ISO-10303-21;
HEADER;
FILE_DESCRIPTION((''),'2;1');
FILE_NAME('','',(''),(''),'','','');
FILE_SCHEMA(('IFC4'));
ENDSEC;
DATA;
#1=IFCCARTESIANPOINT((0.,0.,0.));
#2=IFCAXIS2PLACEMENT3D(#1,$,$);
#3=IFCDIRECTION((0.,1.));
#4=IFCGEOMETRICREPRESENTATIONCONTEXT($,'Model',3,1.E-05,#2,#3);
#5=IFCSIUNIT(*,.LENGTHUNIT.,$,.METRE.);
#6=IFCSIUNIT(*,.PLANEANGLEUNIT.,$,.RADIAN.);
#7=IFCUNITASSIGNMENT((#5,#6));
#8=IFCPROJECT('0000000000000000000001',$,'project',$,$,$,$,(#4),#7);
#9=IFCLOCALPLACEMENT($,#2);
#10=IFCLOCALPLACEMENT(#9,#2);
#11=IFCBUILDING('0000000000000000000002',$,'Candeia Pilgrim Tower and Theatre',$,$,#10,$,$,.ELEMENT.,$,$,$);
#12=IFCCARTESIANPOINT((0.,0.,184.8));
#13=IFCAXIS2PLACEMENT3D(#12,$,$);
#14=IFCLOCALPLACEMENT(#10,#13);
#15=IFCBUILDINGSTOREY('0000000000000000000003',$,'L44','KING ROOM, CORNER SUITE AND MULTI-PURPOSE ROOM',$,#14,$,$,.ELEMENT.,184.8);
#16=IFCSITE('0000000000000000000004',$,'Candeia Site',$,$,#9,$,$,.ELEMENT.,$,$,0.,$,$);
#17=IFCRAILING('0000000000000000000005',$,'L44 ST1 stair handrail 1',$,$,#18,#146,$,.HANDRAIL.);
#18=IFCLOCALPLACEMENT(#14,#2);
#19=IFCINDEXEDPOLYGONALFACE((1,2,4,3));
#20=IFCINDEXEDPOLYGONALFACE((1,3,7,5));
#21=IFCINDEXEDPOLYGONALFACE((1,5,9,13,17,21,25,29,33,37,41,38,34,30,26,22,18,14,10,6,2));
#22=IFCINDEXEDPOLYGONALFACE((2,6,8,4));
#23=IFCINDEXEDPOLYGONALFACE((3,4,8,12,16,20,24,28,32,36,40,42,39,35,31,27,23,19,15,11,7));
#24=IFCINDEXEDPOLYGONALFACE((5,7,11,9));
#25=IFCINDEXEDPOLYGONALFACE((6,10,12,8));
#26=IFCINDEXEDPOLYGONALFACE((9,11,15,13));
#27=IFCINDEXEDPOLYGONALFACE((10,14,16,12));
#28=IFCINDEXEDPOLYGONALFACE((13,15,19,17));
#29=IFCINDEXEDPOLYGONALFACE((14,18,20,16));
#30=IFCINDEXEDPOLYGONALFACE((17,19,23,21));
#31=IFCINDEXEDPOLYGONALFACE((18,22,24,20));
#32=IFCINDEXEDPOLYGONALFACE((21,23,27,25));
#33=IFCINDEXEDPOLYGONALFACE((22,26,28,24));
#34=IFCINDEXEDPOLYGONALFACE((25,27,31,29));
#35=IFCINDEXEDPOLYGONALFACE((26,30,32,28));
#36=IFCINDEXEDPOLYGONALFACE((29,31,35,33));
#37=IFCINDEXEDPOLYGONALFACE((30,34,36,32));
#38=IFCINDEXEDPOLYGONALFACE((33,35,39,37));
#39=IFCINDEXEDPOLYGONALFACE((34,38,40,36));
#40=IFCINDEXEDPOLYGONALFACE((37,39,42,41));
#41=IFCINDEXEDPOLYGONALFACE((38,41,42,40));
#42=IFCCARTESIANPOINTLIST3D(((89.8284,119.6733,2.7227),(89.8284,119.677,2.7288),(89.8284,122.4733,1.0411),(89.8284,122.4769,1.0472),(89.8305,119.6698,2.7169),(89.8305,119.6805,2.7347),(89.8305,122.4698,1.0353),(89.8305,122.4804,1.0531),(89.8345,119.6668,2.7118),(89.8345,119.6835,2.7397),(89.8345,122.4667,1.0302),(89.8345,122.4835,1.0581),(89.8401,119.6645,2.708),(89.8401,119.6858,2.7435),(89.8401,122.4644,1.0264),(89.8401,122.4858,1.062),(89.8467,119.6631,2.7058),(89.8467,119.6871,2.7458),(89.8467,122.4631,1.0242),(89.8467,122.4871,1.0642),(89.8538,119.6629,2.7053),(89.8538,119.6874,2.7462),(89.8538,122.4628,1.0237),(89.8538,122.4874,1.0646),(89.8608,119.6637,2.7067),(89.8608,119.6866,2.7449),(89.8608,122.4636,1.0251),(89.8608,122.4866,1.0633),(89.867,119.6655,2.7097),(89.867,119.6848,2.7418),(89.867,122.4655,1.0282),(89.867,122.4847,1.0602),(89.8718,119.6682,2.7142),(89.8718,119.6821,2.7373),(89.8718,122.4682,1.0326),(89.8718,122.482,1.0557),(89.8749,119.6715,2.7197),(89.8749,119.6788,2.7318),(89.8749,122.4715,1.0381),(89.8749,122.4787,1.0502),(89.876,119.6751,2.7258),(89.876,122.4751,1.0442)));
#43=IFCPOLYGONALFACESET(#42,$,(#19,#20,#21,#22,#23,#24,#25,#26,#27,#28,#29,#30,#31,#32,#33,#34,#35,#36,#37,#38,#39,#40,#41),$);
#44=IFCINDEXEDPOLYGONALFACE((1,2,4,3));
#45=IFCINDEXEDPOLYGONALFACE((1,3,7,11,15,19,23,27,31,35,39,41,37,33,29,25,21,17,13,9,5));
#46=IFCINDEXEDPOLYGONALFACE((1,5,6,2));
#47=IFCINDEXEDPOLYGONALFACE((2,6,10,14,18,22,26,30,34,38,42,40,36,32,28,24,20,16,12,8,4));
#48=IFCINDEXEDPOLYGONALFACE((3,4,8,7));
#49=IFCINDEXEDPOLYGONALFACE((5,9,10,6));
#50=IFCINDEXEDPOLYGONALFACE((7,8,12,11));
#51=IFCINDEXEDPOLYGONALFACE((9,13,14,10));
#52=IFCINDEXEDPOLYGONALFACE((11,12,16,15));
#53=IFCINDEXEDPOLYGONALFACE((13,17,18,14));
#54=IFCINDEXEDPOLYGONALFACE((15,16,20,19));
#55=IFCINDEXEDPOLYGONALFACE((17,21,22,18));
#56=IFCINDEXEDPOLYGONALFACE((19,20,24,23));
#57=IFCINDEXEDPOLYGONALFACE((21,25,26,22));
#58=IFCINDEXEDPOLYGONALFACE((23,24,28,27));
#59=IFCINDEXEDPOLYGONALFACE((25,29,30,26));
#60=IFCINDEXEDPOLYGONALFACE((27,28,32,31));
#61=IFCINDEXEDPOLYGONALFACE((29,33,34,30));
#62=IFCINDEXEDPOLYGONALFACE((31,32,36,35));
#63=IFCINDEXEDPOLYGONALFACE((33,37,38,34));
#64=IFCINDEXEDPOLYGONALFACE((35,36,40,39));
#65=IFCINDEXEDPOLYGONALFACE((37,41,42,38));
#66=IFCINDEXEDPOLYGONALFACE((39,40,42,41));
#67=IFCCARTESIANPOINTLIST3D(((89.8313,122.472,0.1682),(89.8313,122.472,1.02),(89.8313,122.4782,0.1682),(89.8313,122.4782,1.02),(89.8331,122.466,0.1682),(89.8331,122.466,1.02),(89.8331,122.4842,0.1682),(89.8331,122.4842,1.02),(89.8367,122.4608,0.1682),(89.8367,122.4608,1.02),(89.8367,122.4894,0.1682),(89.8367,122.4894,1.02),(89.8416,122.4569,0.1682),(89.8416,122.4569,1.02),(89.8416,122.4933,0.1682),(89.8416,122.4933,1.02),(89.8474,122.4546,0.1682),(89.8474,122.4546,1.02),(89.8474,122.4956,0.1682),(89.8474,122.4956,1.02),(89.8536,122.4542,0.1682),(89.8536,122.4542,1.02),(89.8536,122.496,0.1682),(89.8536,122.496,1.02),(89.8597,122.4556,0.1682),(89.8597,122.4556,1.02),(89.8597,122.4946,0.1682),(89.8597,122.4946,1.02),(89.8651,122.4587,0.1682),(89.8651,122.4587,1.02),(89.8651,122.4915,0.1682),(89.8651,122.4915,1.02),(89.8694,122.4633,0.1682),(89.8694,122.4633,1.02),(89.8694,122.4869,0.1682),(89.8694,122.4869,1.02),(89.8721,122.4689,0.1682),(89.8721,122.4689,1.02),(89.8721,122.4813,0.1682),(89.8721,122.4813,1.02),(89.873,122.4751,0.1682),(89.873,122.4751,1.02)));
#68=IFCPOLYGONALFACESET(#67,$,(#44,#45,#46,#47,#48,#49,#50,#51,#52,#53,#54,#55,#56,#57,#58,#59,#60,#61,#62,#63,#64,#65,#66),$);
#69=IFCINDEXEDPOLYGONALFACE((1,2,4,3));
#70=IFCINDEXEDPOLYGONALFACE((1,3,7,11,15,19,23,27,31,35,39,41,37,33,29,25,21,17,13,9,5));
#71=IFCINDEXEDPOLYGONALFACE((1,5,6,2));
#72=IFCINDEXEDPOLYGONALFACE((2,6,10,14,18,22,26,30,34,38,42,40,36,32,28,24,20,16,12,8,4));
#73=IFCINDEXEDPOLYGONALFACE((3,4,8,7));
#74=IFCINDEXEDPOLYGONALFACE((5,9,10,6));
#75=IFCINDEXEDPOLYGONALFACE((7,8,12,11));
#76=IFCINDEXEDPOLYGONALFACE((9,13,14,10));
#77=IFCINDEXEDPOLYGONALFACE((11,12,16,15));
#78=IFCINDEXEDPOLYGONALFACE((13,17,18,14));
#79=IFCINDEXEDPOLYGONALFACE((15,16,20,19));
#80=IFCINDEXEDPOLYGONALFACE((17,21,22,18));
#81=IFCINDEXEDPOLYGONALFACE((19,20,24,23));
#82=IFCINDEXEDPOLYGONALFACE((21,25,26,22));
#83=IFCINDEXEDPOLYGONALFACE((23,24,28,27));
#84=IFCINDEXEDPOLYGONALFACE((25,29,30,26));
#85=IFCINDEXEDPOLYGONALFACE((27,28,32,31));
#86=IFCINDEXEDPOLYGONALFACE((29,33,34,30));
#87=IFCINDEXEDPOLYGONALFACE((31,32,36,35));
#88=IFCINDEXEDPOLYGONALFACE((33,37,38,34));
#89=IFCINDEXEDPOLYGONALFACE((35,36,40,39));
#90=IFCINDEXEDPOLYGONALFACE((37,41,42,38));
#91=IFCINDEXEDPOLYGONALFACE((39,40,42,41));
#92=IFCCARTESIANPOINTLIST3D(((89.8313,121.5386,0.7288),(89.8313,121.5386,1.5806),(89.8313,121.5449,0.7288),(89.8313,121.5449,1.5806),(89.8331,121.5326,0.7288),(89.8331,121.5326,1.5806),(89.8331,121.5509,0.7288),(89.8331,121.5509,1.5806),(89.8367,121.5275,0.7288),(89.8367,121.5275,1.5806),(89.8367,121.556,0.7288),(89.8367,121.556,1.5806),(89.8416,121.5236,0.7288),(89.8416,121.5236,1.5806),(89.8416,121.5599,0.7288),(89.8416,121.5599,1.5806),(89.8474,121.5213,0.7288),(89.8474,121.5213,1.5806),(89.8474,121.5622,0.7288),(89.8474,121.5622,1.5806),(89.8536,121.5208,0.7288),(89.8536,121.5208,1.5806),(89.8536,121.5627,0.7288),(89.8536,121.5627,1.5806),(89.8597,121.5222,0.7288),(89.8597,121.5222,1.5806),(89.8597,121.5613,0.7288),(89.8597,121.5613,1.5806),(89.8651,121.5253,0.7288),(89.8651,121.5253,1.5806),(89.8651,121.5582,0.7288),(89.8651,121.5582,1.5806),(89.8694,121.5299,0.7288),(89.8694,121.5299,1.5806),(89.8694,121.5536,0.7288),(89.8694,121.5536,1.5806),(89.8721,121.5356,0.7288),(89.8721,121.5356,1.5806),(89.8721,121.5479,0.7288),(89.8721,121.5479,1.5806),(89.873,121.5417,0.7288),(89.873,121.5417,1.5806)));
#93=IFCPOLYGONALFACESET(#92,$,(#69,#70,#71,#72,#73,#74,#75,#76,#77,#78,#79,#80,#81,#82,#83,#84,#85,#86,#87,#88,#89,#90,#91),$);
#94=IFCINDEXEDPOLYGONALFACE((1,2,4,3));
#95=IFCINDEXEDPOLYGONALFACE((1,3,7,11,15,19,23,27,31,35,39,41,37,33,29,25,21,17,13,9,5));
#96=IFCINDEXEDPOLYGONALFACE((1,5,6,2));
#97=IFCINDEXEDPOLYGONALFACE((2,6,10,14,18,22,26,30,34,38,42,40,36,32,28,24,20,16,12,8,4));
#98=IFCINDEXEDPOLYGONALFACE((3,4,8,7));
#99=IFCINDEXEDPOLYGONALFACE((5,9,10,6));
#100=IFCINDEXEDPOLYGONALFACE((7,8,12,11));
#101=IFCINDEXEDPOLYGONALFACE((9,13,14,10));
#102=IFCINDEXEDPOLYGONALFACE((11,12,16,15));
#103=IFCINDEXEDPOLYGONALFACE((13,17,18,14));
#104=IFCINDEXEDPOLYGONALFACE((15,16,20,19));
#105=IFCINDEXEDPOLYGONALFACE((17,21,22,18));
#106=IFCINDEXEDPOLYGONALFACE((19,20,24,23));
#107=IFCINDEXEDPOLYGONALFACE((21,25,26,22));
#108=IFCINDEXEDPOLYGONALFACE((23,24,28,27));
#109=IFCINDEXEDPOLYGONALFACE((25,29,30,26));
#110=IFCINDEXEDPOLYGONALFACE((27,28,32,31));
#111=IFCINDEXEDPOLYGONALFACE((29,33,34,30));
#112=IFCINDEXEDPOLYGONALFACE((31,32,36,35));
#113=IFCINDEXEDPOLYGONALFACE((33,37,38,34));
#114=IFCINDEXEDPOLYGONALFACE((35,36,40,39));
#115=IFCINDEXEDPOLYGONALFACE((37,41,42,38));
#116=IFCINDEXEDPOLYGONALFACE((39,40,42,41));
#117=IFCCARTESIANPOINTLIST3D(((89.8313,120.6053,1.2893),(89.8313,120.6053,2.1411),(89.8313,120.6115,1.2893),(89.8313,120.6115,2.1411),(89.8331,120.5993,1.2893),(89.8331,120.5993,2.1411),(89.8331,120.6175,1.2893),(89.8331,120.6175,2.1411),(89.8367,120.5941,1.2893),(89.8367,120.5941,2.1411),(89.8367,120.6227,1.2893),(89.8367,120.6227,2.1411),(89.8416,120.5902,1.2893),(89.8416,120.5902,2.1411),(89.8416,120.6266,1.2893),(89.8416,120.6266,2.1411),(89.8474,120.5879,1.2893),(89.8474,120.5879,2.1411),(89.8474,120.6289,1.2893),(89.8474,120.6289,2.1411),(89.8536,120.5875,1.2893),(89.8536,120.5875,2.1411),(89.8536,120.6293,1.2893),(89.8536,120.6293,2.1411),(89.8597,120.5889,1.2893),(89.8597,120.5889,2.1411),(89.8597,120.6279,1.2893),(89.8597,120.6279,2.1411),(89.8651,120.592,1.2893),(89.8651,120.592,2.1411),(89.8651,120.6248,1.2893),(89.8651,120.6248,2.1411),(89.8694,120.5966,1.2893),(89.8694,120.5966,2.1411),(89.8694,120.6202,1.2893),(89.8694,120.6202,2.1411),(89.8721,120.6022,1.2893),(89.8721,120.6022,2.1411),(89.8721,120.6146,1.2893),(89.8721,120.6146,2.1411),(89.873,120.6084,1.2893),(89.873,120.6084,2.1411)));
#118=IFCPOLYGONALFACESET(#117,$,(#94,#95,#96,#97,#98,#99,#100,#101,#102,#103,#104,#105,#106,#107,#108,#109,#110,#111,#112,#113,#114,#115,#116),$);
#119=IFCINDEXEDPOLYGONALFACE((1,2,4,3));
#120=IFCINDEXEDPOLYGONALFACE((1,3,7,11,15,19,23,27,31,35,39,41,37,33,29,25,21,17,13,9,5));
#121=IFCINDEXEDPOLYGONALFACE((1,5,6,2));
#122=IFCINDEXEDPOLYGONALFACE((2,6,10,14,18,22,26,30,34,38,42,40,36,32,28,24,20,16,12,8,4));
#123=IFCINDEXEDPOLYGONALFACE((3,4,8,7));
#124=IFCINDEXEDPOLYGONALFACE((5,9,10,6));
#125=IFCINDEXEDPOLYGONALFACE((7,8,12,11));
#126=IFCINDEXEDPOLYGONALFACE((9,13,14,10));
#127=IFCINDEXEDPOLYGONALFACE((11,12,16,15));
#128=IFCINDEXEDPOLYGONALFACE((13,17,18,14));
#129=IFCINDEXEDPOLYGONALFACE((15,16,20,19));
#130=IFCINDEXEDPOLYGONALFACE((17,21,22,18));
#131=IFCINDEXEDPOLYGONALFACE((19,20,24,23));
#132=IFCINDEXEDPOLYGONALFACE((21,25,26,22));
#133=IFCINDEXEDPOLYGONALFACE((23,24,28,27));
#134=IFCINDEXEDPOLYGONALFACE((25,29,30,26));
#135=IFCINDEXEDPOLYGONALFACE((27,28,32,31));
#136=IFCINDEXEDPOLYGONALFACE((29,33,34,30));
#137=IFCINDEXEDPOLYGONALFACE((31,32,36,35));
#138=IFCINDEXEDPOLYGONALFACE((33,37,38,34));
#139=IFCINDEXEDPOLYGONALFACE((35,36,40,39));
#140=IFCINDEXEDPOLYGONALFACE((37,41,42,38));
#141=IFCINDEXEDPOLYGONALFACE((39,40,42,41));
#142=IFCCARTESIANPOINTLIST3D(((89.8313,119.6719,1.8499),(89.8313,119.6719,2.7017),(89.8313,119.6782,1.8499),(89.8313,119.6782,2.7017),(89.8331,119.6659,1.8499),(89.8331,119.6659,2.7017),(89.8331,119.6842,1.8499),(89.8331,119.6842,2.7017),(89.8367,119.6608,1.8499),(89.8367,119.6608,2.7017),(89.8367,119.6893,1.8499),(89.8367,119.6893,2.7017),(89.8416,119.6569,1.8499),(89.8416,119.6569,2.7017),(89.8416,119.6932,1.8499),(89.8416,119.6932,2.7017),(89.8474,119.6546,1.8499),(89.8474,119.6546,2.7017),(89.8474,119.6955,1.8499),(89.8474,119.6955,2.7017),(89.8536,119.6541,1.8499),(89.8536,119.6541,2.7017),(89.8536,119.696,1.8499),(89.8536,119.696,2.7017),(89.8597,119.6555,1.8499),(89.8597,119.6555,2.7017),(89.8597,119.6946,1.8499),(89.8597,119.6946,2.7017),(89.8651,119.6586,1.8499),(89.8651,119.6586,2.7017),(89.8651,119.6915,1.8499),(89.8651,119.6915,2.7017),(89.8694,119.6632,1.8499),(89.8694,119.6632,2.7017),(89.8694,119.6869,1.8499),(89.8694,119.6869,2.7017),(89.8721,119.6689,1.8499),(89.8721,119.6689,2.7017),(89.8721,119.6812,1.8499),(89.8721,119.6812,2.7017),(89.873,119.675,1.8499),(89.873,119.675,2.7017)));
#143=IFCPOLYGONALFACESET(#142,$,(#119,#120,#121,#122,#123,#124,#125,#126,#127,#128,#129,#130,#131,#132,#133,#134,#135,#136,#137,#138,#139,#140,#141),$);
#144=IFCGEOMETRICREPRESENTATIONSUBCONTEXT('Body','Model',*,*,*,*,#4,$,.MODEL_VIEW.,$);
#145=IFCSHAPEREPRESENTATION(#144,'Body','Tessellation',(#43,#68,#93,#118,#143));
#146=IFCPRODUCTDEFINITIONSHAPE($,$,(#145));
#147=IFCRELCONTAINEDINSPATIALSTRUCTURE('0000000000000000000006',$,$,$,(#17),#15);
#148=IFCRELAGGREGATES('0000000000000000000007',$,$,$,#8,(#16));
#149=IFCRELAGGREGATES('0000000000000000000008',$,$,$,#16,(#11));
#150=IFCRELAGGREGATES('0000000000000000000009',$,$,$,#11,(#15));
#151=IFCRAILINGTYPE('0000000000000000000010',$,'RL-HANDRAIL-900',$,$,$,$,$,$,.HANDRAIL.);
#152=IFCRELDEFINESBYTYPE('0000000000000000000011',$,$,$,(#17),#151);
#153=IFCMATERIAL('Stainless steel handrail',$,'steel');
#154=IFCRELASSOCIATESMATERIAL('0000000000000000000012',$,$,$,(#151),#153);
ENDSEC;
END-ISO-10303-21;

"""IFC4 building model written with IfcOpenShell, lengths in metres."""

from ifc_helpers import new_model, si_unit, direction, frame, origin, origin_2d, place, context, subcontext, project, spatial, circle, extrude, material, type_object, element, save


model = new_model("IFC4")

# Units and contexts
model_context = context("Model", 3, precision=1e-05, world=origin(), true_north=direction((0.0, 1.0)))
body_context = subcontext(model_context, "Body", "Model", "MODEL_VIEW")
ifc_project = project(units=[si_unit("LENGTHUNIT", "METRE"), si_unit("PLANEANGLEUNIT", "RADIAN")], contexts=[model_context])

# Site, building, storey
site_placement = place(None, origin())
site = spatial("IfcSite", under=ifc_project, at=site_placement, Name="Candeia Site", CompositionType="ELEMENT", RefElevation=0.0)
building_placement = place(site_placement, origin())
building = spatial("IfcBuilding", under=site, at=building_placement, Name="Candeia Pilgrim Tower and Theatre", CompositionType="ELEMENT")
storey_placement = place(building_placement, frame((0.0, 0.0, 184.8)))
storey = spatial("IfcBuildingStorey", under=building, at=storey_placement, Name="L44", Description="KING ROOM, CORNER SUITE AND MULTI-PURPOSE ROOM", CompositionType="ELEMENT", Elevation=184.8)

# Railing
ifc_material_1 = material(Name="Stainless steel handrail", Category="steel")
railing_type_1 = type_object("IfcRailingType", Name="RL-HANDRAIL-900", PredefinedType="HANDRAIL", material=ifc_material_1)
railing_1_placement = place(storey_placement, frame((89.8521, 122.4751, 0.1682)))
element("IfcRailing", 1, at=railing_1_placement, inside=storey, type_object=railing_type_1, Name="L44 ST1 stair handrail 1", PredefinedType="HANDRAIL", context=body_context, shape_type="SweptSolid", body=[
    extrude(circle(Radius=0.0239, at=origin_2d()), frame((0.0, 0.0, 0.876), z_axis=(0.0, -0.857275, 0.514858), x_axis=(1.0, 0.0, 0.0)), (0.0, 0.0, 1.0), 3.2661),
    extrude(circle(Radius=0.021, at=origin_2d()), origin(), (0.0, 0.0, 1.0), 0.8518),
    extrude(circle(Radius=0.021, at=origin_2d()), frame((0.0, -0.9333, 0.5605)), (0.0, 0.0, 1.0), 0.8518),
    extrude(circle(Radius=0.021, at=origin_2d()), frame((0.0, -1.8667, 1.1211)), (0.0, 0.0, 1.0), 0.8518),
    extrude(circle(Radius=0.021, at=origin_2d()), frame((0.0, -2.8, 1.6816)), (0.0, 0.0, 1.0), 0.8518),
])

save(model, "model.ifc")
